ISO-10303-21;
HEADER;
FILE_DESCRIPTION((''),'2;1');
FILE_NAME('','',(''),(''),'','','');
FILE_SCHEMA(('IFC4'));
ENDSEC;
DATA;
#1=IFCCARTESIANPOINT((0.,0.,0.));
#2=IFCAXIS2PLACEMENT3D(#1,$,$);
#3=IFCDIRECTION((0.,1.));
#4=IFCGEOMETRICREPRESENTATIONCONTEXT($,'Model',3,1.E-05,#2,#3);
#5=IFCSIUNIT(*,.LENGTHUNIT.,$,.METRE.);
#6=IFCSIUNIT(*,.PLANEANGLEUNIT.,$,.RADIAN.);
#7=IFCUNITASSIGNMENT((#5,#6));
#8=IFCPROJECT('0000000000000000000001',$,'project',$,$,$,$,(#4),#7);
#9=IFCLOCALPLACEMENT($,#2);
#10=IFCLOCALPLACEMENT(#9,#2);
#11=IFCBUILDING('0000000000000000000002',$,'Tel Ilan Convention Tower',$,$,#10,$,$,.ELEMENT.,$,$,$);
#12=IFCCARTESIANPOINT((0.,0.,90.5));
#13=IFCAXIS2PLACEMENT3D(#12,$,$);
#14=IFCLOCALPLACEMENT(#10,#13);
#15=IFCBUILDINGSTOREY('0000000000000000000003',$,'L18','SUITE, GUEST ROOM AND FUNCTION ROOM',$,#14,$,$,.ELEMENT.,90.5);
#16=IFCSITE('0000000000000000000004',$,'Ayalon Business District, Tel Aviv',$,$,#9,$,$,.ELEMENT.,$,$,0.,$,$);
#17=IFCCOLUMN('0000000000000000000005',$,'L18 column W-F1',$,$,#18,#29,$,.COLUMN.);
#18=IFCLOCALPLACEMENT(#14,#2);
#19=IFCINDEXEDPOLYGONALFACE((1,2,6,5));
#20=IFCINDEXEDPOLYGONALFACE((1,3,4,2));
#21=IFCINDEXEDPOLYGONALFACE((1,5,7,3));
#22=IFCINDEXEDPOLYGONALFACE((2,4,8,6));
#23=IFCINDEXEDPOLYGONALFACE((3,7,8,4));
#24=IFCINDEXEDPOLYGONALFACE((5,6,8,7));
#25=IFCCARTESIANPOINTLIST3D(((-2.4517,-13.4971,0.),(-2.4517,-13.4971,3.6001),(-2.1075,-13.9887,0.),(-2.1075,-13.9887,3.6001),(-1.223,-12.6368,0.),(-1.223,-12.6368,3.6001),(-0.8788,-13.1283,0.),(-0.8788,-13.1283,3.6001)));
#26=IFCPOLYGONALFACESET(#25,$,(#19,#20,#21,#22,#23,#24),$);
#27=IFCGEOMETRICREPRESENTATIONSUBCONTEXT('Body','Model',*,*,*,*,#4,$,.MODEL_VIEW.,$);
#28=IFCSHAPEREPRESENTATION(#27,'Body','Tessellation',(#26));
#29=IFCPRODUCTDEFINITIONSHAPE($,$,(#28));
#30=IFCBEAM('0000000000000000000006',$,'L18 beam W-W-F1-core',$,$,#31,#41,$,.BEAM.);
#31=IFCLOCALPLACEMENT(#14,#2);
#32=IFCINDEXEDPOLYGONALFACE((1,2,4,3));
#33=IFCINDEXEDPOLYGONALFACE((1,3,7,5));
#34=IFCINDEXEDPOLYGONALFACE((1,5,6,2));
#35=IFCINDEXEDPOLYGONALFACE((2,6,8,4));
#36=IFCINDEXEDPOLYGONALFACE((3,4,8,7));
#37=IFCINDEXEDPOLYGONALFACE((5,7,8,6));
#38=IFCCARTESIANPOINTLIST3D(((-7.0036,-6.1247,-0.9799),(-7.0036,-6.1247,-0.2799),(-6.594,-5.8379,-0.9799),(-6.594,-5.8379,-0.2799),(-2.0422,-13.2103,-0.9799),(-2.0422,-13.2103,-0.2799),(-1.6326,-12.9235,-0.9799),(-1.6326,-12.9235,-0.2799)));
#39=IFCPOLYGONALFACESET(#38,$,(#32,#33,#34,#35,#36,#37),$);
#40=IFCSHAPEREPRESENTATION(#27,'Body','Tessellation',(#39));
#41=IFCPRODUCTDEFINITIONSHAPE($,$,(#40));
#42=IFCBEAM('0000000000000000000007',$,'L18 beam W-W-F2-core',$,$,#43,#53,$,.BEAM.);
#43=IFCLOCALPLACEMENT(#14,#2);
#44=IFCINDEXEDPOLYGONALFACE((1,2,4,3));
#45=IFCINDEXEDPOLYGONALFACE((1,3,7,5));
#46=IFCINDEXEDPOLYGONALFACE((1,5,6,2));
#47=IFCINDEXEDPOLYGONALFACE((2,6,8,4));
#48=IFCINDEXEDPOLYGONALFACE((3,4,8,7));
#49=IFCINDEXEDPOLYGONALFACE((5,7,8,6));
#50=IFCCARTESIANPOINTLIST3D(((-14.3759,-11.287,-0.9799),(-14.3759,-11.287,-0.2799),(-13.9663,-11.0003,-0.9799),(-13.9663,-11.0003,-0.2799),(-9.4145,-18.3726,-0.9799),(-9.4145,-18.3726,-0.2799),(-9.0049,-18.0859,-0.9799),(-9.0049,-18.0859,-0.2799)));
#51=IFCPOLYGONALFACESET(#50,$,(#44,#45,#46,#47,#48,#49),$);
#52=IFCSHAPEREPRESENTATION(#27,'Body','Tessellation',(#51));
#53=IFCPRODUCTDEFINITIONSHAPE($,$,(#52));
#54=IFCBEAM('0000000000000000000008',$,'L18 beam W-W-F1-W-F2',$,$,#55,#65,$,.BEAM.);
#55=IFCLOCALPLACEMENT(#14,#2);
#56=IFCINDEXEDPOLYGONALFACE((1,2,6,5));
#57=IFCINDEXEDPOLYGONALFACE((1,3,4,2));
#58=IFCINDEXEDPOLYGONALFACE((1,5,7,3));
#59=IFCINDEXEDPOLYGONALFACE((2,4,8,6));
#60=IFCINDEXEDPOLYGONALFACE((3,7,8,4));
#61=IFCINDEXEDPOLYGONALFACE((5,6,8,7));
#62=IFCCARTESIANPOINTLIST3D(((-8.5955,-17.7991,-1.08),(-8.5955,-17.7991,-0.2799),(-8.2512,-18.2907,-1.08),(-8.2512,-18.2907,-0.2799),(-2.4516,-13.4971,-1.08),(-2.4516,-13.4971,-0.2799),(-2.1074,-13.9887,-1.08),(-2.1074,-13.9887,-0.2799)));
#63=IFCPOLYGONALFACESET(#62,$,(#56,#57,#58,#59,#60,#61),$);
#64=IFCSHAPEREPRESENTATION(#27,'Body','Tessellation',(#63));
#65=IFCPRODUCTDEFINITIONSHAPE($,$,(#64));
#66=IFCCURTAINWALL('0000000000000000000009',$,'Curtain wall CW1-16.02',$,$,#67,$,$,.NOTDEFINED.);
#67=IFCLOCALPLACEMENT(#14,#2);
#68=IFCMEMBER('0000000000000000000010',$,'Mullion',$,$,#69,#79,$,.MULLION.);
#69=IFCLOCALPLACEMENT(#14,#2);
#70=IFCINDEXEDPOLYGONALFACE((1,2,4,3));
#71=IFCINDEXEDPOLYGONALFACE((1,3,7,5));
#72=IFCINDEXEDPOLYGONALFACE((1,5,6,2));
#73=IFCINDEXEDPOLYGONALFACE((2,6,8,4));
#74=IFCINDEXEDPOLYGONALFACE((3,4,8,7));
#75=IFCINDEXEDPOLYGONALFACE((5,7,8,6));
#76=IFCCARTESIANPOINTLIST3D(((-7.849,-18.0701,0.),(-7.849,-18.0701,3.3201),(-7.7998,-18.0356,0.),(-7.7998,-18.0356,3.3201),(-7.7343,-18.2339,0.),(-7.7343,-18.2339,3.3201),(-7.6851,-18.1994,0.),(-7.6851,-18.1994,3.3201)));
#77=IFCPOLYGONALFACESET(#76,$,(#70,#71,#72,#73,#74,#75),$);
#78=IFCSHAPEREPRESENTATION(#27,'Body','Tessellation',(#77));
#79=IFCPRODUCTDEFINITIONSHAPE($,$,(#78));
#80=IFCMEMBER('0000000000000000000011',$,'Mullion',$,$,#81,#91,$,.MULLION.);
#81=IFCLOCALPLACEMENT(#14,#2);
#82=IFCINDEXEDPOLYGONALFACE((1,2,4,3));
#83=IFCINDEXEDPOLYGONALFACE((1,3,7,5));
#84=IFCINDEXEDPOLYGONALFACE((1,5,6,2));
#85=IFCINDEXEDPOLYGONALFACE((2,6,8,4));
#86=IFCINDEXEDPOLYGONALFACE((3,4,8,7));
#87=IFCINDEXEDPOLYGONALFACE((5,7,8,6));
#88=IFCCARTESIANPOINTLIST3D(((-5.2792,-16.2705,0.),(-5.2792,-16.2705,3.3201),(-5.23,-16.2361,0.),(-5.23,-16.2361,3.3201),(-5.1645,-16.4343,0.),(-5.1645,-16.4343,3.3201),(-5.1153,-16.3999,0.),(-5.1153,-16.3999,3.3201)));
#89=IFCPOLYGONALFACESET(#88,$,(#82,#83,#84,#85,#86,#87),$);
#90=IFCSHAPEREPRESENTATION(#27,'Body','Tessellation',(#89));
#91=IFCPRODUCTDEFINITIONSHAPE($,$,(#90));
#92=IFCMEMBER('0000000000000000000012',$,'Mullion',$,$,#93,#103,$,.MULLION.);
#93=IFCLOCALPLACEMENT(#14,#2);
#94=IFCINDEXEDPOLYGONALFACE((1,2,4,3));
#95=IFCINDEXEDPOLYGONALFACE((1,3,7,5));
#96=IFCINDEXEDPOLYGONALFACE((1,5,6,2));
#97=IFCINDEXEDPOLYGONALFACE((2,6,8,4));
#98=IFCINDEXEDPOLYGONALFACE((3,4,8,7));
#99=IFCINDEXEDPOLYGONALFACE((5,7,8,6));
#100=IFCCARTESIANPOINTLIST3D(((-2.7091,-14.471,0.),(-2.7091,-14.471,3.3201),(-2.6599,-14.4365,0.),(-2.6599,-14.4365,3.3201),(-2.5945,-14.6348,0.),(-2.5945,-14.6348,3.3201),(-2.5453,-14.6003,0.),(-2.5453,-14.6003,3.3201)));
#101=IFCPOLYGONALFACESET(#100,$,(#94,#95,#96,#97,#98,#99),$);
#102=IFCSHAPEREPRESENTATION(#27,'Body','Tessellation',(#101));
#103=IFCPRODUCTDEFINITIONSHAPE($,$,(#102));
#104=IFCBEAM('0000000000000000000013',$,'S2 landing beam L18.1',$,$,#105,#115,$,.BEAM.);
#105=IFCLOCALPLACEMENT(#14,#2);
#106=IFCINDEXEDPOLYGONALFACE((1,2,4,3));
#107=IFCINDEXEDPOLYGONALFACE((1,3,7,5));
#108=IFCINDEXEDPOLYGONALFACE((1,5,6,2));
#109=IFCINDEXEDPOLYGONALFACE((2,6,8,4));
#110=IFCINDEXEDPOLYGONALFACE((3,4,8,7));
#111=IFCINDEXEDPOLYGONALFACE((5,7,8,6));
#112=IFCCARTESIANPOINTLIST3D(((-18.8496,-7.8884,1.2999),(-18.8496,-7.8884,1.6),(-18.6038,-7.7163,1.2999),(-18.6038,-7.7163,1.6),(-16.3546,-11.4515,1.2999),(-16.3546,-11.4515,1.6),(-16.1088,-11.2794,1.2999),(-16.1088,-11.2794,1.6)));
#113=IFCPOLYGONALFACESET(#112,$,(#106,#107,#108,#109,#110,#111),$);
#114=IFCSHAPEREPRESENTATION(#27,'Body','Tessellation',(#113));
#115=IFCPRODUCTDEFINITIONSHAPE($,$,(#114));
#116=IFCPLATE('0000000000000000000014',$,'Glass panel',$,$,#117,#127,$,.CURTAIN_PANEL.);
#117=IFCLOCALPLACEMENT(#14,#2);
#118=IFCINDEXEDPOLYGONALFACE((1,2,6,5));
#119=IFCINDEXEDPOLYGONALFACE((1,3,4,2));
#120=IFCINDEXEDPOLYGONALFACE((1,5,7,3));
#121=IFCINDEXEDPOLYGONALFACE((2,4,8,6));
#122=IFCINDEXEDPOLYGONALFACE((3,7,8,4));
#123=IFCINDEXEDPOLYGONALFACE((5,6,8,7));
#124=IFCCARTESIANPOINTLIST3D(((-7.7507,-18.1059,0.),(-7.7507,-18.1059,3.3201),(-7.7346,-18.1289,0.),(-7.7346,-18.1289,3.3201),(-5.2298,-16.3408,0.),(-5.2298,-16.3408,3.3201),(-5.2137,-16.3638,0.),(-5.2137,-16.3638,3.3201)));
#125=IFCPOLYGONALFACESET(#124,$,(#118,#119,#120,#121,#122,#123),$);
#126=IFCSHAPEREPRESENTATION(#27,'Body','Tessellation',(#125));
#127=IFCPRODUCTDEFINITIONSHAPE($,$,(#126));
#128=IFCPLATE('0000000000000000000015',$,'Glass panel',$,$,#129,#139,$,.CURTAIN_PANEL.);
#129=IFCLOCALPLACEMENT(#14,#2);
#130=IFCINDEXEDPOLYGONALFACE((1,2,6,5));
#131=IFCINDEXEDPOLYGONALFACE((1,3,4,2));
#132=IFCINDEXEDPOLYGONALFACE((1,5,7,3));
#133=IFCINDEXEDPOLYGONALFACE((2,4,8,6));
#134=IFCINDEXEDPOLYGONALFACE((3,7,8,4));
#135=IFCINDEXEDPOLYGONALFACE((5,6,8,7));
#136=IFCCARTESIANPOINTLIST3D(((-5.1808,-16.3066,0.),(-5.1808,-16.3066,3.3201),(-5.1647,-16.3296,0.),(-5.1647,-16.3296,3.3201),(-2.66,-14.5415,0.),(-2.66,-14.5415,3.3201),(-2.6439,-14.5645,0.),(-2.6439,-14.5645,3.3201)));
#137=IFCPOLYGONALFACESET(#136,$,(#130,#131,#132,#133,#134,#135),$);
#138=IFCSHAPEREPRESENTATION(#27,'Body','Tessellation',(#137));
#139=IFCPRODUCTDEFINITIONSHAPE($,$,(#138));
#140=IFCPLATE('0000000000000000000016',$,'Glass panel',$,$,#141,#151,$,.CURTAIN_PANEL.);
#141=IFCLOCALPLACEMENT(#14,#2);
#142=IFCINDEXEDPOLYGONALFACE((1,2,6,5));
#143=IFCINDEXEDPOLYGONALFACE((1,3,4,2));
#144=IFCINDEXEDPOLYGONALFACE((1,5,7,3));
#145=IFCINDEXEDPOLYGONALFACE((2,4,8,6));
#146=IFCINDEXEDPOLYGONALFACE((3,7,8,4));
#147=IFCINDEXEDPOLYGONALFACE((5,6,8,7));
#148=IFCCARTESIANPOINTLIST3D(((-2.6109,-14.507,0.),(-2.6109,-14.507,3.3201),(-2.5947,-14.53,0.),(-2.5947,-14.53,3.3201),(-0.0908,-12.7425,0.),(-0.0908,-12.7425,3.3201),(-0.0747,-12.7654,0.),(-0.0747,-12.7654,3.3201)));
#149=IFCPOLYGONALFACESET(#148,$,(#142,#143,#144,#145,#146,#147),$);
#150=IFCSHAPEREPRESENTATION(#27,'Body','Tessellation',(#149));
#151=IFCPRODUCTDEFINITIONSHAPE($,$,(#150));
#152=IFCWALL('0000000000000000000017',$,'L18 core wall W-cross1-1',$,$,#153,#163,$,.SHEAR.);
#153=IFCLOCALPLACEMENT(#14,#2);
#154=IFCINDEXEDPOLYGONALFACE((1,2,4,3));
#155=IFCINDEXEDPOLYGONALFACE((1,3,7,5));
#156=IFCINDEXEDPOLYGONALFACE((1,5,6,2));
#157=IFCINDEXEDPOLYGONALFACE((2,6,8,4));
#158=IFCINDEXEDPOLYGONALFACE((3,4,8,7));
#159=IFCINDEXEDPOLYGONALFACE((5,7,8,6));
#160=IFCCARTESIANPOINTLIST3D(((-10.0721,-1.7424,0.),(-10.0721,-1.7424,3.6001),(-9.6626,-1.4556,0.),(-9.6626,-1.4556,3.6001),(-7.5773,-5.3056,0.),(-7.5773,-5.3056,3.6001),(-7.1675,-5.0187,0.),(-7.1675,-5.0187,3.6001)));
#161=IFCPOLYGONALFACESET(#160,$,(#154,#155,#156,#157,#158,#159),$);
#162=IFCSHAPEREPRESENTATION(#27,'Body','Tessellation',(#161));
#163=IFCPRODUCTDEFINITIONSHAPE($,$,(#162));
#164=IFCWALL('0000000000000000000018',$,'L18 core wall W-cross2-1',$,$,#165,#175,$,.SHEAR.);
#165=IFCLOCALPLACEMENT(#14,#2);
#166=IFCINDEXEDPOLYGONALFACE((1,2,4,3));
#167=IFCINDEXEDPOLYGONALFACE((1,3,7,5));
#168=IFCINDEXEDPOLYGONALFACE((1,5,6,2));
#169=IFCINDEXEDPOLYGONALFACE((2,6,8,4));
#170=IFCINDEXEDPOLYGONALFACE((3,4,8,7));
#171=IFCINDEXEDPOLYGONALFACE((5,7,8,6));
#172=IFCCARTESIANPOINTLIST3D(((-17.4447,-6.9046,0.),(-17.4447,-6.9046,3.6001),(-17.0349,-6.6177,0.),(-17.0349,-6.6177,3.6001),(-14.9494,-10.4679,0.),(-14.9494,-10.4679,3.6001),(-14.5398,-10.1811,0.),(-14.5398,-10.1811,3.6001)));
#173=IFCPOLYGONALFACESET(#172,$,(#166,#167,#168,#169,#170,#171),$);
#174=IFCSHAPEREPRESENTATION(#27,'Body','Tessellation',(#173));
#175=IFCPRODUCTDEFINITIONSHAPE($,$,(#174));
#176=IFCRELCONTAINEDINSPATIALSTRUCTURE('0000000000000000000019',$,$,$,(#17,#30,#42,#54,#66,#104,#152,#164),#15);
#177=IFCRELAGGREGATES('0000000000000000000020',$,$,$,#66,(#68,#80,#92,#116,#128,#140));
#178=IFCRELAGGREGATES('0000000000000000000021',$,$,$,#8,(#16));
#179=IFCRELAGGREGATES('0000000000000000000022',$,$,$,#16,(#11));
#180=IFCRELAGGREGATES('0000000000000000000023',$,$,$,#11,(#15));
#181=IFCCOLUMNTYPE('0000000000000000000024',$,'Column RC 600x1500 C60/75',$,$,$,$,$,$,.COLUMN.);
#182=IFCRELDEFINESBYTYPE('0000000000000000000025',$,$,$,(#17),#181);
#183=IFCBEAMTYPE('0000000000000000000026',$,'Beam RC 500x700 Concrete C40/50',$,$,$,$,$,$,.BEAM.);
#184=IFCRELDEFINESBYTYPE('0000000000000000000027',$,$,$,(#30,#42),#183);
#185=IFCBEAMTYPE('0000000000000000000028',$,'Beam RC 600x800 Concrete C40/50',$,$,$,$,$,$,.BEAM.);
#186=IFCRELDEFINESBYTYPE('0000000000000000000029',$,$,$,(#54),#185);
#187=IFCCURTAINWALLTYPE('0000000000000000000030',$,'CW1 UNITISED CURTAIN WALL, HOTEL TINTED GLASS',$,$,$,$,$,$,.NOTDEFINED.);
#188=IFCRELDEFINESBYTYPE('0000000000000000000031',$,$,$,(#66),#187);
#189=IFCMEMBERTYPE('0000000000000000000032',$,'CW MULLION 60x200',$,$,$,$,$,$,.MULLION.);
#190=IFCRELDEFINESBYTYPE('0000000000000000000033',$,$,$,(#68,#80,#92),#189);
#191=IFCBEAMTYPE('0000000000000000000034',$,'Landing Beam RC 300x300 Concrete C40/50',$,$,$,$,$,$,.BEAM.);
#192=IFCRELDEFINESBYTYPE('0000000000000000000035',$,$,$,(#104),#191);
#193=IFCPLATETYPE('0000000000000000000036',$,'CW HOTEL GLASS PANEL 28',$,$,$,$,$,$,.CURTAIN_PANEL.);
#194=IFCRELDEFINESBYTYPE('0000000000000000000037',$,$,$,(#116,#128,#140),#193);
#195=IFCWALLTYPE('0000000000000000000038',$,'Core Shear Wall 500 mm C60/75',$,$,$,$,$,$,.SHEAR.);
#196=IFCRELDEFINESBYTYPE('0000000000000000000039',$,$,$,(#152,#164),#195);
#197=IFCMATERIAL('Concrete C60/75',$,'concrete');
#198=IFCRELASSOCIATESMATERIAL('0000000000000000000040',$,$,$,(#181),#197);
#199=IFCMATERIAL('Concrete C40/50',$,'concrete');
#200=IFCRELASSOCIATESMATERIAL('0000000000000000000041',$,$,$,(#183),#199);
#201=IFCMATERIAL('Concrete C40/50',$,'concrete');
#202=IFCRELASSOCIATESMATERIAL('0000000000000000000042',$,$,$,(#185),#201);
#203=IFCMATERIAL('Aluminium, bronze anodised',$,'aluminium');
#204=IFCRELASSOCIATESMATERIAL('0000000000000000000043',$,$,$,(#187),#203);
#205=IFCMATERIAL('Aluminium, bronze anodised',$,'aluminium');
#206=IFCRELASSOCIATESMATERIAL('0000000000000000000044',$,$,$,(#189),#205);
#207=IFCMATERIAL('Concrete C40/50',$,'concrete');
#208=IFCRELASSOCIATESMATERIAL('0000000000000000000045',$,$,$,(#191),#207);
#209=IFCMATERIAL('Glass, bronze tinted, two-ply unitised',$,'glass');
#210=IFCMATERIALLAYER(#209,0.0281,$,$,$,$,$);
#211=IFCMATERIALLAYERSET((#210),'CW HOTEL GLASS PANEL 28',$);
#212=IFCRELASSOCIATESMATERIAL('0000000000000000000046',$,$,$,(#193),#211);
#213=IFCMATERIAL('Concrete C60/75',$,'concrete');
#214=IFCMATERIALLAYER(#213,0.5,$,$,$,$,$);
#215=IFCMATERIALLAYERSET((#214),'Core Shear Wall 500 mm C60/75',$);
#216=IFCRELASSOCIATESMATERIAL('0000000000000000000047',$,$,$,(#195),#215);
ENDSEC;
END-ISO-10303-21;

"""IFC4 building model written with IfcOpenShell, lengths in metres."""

from ifc_helpers import new_model, si_unit, direction, frame, origin, origin_2d, place, context, subcontext, project, spatial, polyline, rectangle, outline, extrude, material, layer, layer_set, material_profile, profile_set, type_object, element, aggregate, save


model = new_model("IFC4")

# Units and contexts
model_context = context("Model", 3, precision=1e-05, world=origin(), true_north=direction((0.0, 1.0)))
body_context = subcontext(model_context, "Body", "Model", "MODEL_VIEW")
ifc_project = project(units=[si_unit("LENGTHUNIT", "METRE"), si_unit("PLANEANGLEUNIT", "RADIAN")], contexts=[model_context])

# Site, building, storey
site_placement = place(None, origin())
site = spatial("IfcSite", under=ifc_project, at=site_placement, Name="Ayalon Business District, Tel Aviv", CompositionType="ELEMENT", RefElevation=0.0)
building_placement = place(site_placement, origin())
building = spatial("IfcBuilding", under=site, at=building_placement, Name="Tel Ilan Convention Tower", CompositionType="ELEMENT")
storey_placement = place(building_placement, frame((0.0, 0.0, 90.5)))
storey = spatial("IfcBuildingStorey", under=building, at=storey_placement, Name="L18", Description="SUITE, GUEST ROOM AND FUNCTION ROOM", CompositionType="ELEMENT", Elevation=90.5)

# Column
ifc_material_1 = material(Name="Concrete C60/75", Category="concrete")
ifc_material_profile_1 = material_profile(ifc_material_1, rectangle(XDim=1.5, YDim=0.6001, at=origin_2d()), Name="RC 600x1500")
ifc_profile_set_1 = profile_set([ifc_material_profile_1], Name="Concrete C60/75")
column_type = type_object("IfcColumnType", Name="Column RC 600x1500 C60/75", PredefinedType="COLUMN", material=ifc_profile_set_1)
column_placement = place(storey_placement, frame((-1.6653, -13.3127, 0.0), z_axis=(0.0, 0.0, 1.0), x_axis=(-0.819152, -0.573576, 0.0)))
element("IfcColumn", 1, at=column_placement, inside=storey, type_object=column_type, Name="L18 column W-F1", PredefinedType="COLUMN", context=body_context, shape_type="SweptSolid", body=[
    extrude(rectangle(XDim=1.5, YDim=0.6001, at=origin_2d()), origin(), (0.0, 0.0, 1.0), 3.6001),
])

# Beams
ifc_material_2 = material(Name="Concrete C40/50", Category="concrete")
ifc_material_profile_2 = material_profile(ifc_material_2, rectangle(XDim=0.5, YDim=0.7, at=origin_2d()), Name="RC 500x700")
ifc_profile_set_2 = profile_set([ifc_material_profile_2], Name="Concrete C40/50")
beam_type_1 = type_object("IfcBeamType", Name="Beam RC 500x700 Concrete C40/50", PredefinedType="BEAM", material=ifc_profile_set_2)
for number, where, z_axis, x_axis, name in (
    (2, (-1.8374, -13.0669, -0.6299), (-0.573574, 0.819154, 0.0), (-0.819154, -0.573574, 0.0), "L18 beam W-W-F1-core"),
    (3, (-9.2097, -18.2292, -0.6299), (-0.573574, 0.819154, 0.0), (-0.819154, -0.573574, 0.0), "L18 beam W-W-F2-core"),
):
    element("IfcBeam", number, at=place(storey_placement, frame(where, z_axis=z_axis, x_axis=x_axis)), inside=storey, type_object=beam_type_1, Name=name, PredefinedType="BEAM", context=body_context, shape_type="SweptSolid", body=[
        extrude(rectangle(XDim=0.5, YDim=0.7, at=origin_2d()), origin(), (0.0, 0.0, 1.0), 8.6499),
    ])
ifc_material_3 = material(Name="Concrete C40/50", Category="concrete")
ifc_material_profile_3 = material_profile(ifc_material_3, rectangle(XDim=0.6001, YDim=0.8, at=origin_2d()), Name="RC 600x800")
ifc_profile_set_3 = profile_set([ifc_material_profile_3], Name="Concrete C40/50")
beam_type_2 = type_object("IfcBeamType", Name="Beam RC 600x800 Concrete C40/50", PredefinedType="BEAM", material=ifc_profile_set_3)
beam_1_placement = place(storey_placement, frame((-2.2795, -13.7429, -0.6799), z_axis=(-0.819148, -0.573582, 0.0), x_axis=(0.573582, -0.819148, 0.0)))
element("IfcBeam", 4, at=beam_1_placement, inside=storey, type_object=beam_type_2, Name="L18 beam W-W-F1-W-F2", PredefinedType="BEAM", context=body_context, shape_type="SweptSolid", body=[
    extrude(rectangle(XDim=0.6001, YDim=0.8, at=origin_2d()), origin(), (0.0, 0.0, 1.0), 7.5002),
])

# Curtain wall, members
ifc_material_4 = material(Name="Aluminium, bronze anodised", Category="aluminium")
curtain_wall_type = type_object("IfcCurtainWallType", Name="CW1 UNITISED CURTAIN WALL, HOTEL TINTED GLASS", PredefinedType="NOTDEFINED", material=ifc_material_4)
curtain_wall_placement = place(storey_placement, origin())
curtain_wall = element("IfcCurtainWall", 5, at=curtain_wall_placement, inside=storey, type_object=curtain_wall_type, Name="Curtain wall CW1-16.02", PredefinedType="NOTDEFINED")
ifc_material_5 = material(Name="Aluminium, bronze anodised", Category="aluminium")
ifc_material_profile_4 = material_profile(ifc_material_5, rectangle(XDim=0.0601, YDim=0.2, at=origin_2d()), Name="CW MULLION 60x200")
ifc_profile_set_4 = profile_set([ifc_material_profile_4], Name="Aluminium, bronze anodised")
member_type = type_object("IfcMemberType", Name="CW MULLION 60x200", PredefinedType="MULLION", material=ifc_profile_set_4)
member_1_placement = place(storey_placement, frame((-7.7671, -18.1348, 0.0), z_axis=(0.0, 0.0, 1.0), x_axis=(0.819152, 0.573576, 0.0)))
member_1 = element("IfcMember", 6, at=member_1_placement, type_object=member_type, Name="Mullion", PredefinedType="MULLION", context=body_context, shape_type="SweptSolid", body=[
    extrude(rectangle(XDim=0.0601, YDim=0.2, at=origin_2d()), origin(), (0.0, 0.0, 1.0), 3.3201),
])
member_2_placement = place(storey_placement, frame((-5.1973, -16.3352, 0.0), z_axis=(0.0, 0.0, 1.0), x_axis=(0.819152, 0.573576, 0.0)))
member_2 = element("IfcMember", 7, at=member_2_placement, type_object=member_type, Name="Mullion", PredefinedType="MULLION", context=body_context, shape_type="SweptSolid", body=[
    extrude(rectangle(XDim=0.0601, YDim=0.2, at=origin_2d()), origin(), (0.0, 0.0, 1.0), 3.3201),
])
member_3_placement = place(storey_placement, frame((-2.6272, -14.5356, 0.0), z_axis=(0.0, 0.0, 1.0), x_axis=(0.819152, 0.573576, 0.0)))
member_3 = element("IfcMember", 8, at=member_3_placement, type_object=member_type, Name="Mullion", PredefinedType="MULLION", context=body_context, shape_type="SweptSolid", body=[
    extrude(rectangle(XDim=0.0601, YDim=0.2, at=origin_2d()), origin(), (0.0, 0.0, 1.0), 3.3201),
])

# Beam
ifc_material_6 = material(Name="Concrete C40/50", Category="concrete")
ifc_material_profile_5 = material_profile(ifc_material_6, rectangle(XDim=0.3, YDim=0.3, at=origin_2d()), Name="RC 300x300")
ifc_profile_set_5 = profile_set([ifc_material_profile_5], Name="Concrete C40/50")
beam_type_3 = type_object("IfcBeamType", Name="Landing Beam RC 300x300 Concrete C40/50", PredefinedType="BEAM", material=ifc_profile_set_5)
beam_2_placement = place(storey_placement, frame((-16.2317, -11.3655, 1.45), z_axis=(-0.573594, 0.81914, 0.0), x_axis=(-0.81914, -0.573594, 0.0)))
element("IfcBeam", 9, at=beam_2_placement, inside=storey, type_object=beam_type_3, Name="S2 landing beam L18.1", PredefinedType="BEAM", context=body_context, shape_type="SweptSolid", body=[
    extrude(rectangle(XDim=0.3, YDim=0.3, at=origin_2d()), origin(), (0.0, 0.0, 1.0), 4.3499),
])

# Plates
ifc_material_7 = material(Name="Glass, bronze tinted, two-ply unitised", Category="glass")
ifc_layer_1 = layer(ifc_material_7, 0.0281)
ifc_layer_set_1 = layer_set([ifc_layer_1], Name="CW HOTEL GLASS PANEL 28")
plate_type = type_object("IfcPlateType", Name="CW HOTEL GLASS PANEL 28", PredefinedType="CURTAIN_PANEL", material=ifc_layer_set_1)
plate_1_placement = place(storey_placement, frame((-6.4822, -17.2349, 0.0), z_axis=(0.0, 0.0, 1.0), x_axis=(0.819152, 0.573576, 0.0)))
plate_1 = element("IfcPlate", 10, at=plate_1_placement, type_object=plate_type, Name="Glass panel", PredefinedType="CURTAIN_PANEL", context=body_context, shape_type="SweptSolid", body=[
    extrude(rectangle(XDim=3.0774, YDim=0.0281, at=origin_2d()), origin(), (0.0, 0.0, 1.0), 3.3201),
])
plate_2_placement = place(storey_placement, frame((-3.9124, -15.4355, 0.0), z_axis=(0.0, 0.0, 1.0), x_axis=(0.819152, 0.573576, 0.0)))
plate_2 = element("IfcPlate", 11, at=plate_2_placement, type_object=plate_type, Name="Glass panel", PredefinedType="CURTAIN_PANEL", context=body_context, shape_type="SweptSolid", body=[
    extrude(rectangle(XDim=3.0774, YDim=0.0281, at=origin_2d()), origin(), (0.0, 0.0, 1.0), 3.3201),
])
plate_3_placement = place(storey_placement, frame((-1.3428, -13.6362, 0.0), z_axis=(0.0, 0.0, 1.0), x_axis=(0.819152, 0.573576, 0.0)))
plate_3 = element("IfcPlate", 12, at=plate_3_placement, type_object=plate_type, Name="Glass panel", PredefinedType="CURTAIN_PANEL", context=body_context, shape_type="SweptSolid", body=[
    extrude(rectangle(XDim=3.0764, YDim=0.0281, at=origin_2d()), origin(), (0.0, 0.0, 1.0), 3.3201),
])
aggregate(curtain_wall, [member_1, member_2, member_3, plate_1, plate_2, plate_3])

# Walls
ifc_material_8 = material(Name="Concrete C60/75", Category="concrete")
ifc_layer_2 = layer(ifc_material_8, 0.5)
ifc_layer_set_2 = layer_set([ifc_layer_2], Name="Core Shear Wall 500 mm C60/75")
wall_type_1 = type_object("IfcWallType", Name="Core Shear Wall 500 mm C60/75", PredefinedType="SHEAR", material=ifc_layer_set_2)
wall_1_placement = place(storey_placement, frame((-7.3723, -5.1621, 0.0), z_axis=(0.0, 0.0, 1.0), x_axis=(-0.573594, 0.81914, 0.0)))
element("IfcWall", 13, at=wall_1_placement, inside=storey, type_object=wall_type_1, Name="L18 core wall W-cross1-1", PredefinedType="SHEAR", context=body_context, shape_type="SweptSolid", body=[
    extrude(outline(polyline([(4.3499, 0.25), (0.0, 0.2502), (0.0, -0.25), (4.3499, -0.25), (4.3499, 0.25)])), origin(), (0.0, 0.0, 1.0), 3.6001),
])
wall_2_placement = place(storey_placement, frame((-14.7446, -10.3245, 0.0), z_axis=(0.0, 0.0, 1.0), x_axis=(-0.573568, 0.819158, 0.0)))
element("IfcWall", 14, at=wall_2_placement, inside=storey, type_object=wall_type_1, Name="L18 core wall W-cross2-1", PredefinedType="SHEAR", context=body_context, shape_type="SweptSolid", body=[
    extrude(outline(polyline([(4.3501, 0.2502), (0.0, 0.25), (0.0, -0.25), (4.3501, -0.25), (4.3501, 0.2502)])), origin(), (0.0, 0.0, 1.0), 3.6001),
])

save(model, "model.ifc")
